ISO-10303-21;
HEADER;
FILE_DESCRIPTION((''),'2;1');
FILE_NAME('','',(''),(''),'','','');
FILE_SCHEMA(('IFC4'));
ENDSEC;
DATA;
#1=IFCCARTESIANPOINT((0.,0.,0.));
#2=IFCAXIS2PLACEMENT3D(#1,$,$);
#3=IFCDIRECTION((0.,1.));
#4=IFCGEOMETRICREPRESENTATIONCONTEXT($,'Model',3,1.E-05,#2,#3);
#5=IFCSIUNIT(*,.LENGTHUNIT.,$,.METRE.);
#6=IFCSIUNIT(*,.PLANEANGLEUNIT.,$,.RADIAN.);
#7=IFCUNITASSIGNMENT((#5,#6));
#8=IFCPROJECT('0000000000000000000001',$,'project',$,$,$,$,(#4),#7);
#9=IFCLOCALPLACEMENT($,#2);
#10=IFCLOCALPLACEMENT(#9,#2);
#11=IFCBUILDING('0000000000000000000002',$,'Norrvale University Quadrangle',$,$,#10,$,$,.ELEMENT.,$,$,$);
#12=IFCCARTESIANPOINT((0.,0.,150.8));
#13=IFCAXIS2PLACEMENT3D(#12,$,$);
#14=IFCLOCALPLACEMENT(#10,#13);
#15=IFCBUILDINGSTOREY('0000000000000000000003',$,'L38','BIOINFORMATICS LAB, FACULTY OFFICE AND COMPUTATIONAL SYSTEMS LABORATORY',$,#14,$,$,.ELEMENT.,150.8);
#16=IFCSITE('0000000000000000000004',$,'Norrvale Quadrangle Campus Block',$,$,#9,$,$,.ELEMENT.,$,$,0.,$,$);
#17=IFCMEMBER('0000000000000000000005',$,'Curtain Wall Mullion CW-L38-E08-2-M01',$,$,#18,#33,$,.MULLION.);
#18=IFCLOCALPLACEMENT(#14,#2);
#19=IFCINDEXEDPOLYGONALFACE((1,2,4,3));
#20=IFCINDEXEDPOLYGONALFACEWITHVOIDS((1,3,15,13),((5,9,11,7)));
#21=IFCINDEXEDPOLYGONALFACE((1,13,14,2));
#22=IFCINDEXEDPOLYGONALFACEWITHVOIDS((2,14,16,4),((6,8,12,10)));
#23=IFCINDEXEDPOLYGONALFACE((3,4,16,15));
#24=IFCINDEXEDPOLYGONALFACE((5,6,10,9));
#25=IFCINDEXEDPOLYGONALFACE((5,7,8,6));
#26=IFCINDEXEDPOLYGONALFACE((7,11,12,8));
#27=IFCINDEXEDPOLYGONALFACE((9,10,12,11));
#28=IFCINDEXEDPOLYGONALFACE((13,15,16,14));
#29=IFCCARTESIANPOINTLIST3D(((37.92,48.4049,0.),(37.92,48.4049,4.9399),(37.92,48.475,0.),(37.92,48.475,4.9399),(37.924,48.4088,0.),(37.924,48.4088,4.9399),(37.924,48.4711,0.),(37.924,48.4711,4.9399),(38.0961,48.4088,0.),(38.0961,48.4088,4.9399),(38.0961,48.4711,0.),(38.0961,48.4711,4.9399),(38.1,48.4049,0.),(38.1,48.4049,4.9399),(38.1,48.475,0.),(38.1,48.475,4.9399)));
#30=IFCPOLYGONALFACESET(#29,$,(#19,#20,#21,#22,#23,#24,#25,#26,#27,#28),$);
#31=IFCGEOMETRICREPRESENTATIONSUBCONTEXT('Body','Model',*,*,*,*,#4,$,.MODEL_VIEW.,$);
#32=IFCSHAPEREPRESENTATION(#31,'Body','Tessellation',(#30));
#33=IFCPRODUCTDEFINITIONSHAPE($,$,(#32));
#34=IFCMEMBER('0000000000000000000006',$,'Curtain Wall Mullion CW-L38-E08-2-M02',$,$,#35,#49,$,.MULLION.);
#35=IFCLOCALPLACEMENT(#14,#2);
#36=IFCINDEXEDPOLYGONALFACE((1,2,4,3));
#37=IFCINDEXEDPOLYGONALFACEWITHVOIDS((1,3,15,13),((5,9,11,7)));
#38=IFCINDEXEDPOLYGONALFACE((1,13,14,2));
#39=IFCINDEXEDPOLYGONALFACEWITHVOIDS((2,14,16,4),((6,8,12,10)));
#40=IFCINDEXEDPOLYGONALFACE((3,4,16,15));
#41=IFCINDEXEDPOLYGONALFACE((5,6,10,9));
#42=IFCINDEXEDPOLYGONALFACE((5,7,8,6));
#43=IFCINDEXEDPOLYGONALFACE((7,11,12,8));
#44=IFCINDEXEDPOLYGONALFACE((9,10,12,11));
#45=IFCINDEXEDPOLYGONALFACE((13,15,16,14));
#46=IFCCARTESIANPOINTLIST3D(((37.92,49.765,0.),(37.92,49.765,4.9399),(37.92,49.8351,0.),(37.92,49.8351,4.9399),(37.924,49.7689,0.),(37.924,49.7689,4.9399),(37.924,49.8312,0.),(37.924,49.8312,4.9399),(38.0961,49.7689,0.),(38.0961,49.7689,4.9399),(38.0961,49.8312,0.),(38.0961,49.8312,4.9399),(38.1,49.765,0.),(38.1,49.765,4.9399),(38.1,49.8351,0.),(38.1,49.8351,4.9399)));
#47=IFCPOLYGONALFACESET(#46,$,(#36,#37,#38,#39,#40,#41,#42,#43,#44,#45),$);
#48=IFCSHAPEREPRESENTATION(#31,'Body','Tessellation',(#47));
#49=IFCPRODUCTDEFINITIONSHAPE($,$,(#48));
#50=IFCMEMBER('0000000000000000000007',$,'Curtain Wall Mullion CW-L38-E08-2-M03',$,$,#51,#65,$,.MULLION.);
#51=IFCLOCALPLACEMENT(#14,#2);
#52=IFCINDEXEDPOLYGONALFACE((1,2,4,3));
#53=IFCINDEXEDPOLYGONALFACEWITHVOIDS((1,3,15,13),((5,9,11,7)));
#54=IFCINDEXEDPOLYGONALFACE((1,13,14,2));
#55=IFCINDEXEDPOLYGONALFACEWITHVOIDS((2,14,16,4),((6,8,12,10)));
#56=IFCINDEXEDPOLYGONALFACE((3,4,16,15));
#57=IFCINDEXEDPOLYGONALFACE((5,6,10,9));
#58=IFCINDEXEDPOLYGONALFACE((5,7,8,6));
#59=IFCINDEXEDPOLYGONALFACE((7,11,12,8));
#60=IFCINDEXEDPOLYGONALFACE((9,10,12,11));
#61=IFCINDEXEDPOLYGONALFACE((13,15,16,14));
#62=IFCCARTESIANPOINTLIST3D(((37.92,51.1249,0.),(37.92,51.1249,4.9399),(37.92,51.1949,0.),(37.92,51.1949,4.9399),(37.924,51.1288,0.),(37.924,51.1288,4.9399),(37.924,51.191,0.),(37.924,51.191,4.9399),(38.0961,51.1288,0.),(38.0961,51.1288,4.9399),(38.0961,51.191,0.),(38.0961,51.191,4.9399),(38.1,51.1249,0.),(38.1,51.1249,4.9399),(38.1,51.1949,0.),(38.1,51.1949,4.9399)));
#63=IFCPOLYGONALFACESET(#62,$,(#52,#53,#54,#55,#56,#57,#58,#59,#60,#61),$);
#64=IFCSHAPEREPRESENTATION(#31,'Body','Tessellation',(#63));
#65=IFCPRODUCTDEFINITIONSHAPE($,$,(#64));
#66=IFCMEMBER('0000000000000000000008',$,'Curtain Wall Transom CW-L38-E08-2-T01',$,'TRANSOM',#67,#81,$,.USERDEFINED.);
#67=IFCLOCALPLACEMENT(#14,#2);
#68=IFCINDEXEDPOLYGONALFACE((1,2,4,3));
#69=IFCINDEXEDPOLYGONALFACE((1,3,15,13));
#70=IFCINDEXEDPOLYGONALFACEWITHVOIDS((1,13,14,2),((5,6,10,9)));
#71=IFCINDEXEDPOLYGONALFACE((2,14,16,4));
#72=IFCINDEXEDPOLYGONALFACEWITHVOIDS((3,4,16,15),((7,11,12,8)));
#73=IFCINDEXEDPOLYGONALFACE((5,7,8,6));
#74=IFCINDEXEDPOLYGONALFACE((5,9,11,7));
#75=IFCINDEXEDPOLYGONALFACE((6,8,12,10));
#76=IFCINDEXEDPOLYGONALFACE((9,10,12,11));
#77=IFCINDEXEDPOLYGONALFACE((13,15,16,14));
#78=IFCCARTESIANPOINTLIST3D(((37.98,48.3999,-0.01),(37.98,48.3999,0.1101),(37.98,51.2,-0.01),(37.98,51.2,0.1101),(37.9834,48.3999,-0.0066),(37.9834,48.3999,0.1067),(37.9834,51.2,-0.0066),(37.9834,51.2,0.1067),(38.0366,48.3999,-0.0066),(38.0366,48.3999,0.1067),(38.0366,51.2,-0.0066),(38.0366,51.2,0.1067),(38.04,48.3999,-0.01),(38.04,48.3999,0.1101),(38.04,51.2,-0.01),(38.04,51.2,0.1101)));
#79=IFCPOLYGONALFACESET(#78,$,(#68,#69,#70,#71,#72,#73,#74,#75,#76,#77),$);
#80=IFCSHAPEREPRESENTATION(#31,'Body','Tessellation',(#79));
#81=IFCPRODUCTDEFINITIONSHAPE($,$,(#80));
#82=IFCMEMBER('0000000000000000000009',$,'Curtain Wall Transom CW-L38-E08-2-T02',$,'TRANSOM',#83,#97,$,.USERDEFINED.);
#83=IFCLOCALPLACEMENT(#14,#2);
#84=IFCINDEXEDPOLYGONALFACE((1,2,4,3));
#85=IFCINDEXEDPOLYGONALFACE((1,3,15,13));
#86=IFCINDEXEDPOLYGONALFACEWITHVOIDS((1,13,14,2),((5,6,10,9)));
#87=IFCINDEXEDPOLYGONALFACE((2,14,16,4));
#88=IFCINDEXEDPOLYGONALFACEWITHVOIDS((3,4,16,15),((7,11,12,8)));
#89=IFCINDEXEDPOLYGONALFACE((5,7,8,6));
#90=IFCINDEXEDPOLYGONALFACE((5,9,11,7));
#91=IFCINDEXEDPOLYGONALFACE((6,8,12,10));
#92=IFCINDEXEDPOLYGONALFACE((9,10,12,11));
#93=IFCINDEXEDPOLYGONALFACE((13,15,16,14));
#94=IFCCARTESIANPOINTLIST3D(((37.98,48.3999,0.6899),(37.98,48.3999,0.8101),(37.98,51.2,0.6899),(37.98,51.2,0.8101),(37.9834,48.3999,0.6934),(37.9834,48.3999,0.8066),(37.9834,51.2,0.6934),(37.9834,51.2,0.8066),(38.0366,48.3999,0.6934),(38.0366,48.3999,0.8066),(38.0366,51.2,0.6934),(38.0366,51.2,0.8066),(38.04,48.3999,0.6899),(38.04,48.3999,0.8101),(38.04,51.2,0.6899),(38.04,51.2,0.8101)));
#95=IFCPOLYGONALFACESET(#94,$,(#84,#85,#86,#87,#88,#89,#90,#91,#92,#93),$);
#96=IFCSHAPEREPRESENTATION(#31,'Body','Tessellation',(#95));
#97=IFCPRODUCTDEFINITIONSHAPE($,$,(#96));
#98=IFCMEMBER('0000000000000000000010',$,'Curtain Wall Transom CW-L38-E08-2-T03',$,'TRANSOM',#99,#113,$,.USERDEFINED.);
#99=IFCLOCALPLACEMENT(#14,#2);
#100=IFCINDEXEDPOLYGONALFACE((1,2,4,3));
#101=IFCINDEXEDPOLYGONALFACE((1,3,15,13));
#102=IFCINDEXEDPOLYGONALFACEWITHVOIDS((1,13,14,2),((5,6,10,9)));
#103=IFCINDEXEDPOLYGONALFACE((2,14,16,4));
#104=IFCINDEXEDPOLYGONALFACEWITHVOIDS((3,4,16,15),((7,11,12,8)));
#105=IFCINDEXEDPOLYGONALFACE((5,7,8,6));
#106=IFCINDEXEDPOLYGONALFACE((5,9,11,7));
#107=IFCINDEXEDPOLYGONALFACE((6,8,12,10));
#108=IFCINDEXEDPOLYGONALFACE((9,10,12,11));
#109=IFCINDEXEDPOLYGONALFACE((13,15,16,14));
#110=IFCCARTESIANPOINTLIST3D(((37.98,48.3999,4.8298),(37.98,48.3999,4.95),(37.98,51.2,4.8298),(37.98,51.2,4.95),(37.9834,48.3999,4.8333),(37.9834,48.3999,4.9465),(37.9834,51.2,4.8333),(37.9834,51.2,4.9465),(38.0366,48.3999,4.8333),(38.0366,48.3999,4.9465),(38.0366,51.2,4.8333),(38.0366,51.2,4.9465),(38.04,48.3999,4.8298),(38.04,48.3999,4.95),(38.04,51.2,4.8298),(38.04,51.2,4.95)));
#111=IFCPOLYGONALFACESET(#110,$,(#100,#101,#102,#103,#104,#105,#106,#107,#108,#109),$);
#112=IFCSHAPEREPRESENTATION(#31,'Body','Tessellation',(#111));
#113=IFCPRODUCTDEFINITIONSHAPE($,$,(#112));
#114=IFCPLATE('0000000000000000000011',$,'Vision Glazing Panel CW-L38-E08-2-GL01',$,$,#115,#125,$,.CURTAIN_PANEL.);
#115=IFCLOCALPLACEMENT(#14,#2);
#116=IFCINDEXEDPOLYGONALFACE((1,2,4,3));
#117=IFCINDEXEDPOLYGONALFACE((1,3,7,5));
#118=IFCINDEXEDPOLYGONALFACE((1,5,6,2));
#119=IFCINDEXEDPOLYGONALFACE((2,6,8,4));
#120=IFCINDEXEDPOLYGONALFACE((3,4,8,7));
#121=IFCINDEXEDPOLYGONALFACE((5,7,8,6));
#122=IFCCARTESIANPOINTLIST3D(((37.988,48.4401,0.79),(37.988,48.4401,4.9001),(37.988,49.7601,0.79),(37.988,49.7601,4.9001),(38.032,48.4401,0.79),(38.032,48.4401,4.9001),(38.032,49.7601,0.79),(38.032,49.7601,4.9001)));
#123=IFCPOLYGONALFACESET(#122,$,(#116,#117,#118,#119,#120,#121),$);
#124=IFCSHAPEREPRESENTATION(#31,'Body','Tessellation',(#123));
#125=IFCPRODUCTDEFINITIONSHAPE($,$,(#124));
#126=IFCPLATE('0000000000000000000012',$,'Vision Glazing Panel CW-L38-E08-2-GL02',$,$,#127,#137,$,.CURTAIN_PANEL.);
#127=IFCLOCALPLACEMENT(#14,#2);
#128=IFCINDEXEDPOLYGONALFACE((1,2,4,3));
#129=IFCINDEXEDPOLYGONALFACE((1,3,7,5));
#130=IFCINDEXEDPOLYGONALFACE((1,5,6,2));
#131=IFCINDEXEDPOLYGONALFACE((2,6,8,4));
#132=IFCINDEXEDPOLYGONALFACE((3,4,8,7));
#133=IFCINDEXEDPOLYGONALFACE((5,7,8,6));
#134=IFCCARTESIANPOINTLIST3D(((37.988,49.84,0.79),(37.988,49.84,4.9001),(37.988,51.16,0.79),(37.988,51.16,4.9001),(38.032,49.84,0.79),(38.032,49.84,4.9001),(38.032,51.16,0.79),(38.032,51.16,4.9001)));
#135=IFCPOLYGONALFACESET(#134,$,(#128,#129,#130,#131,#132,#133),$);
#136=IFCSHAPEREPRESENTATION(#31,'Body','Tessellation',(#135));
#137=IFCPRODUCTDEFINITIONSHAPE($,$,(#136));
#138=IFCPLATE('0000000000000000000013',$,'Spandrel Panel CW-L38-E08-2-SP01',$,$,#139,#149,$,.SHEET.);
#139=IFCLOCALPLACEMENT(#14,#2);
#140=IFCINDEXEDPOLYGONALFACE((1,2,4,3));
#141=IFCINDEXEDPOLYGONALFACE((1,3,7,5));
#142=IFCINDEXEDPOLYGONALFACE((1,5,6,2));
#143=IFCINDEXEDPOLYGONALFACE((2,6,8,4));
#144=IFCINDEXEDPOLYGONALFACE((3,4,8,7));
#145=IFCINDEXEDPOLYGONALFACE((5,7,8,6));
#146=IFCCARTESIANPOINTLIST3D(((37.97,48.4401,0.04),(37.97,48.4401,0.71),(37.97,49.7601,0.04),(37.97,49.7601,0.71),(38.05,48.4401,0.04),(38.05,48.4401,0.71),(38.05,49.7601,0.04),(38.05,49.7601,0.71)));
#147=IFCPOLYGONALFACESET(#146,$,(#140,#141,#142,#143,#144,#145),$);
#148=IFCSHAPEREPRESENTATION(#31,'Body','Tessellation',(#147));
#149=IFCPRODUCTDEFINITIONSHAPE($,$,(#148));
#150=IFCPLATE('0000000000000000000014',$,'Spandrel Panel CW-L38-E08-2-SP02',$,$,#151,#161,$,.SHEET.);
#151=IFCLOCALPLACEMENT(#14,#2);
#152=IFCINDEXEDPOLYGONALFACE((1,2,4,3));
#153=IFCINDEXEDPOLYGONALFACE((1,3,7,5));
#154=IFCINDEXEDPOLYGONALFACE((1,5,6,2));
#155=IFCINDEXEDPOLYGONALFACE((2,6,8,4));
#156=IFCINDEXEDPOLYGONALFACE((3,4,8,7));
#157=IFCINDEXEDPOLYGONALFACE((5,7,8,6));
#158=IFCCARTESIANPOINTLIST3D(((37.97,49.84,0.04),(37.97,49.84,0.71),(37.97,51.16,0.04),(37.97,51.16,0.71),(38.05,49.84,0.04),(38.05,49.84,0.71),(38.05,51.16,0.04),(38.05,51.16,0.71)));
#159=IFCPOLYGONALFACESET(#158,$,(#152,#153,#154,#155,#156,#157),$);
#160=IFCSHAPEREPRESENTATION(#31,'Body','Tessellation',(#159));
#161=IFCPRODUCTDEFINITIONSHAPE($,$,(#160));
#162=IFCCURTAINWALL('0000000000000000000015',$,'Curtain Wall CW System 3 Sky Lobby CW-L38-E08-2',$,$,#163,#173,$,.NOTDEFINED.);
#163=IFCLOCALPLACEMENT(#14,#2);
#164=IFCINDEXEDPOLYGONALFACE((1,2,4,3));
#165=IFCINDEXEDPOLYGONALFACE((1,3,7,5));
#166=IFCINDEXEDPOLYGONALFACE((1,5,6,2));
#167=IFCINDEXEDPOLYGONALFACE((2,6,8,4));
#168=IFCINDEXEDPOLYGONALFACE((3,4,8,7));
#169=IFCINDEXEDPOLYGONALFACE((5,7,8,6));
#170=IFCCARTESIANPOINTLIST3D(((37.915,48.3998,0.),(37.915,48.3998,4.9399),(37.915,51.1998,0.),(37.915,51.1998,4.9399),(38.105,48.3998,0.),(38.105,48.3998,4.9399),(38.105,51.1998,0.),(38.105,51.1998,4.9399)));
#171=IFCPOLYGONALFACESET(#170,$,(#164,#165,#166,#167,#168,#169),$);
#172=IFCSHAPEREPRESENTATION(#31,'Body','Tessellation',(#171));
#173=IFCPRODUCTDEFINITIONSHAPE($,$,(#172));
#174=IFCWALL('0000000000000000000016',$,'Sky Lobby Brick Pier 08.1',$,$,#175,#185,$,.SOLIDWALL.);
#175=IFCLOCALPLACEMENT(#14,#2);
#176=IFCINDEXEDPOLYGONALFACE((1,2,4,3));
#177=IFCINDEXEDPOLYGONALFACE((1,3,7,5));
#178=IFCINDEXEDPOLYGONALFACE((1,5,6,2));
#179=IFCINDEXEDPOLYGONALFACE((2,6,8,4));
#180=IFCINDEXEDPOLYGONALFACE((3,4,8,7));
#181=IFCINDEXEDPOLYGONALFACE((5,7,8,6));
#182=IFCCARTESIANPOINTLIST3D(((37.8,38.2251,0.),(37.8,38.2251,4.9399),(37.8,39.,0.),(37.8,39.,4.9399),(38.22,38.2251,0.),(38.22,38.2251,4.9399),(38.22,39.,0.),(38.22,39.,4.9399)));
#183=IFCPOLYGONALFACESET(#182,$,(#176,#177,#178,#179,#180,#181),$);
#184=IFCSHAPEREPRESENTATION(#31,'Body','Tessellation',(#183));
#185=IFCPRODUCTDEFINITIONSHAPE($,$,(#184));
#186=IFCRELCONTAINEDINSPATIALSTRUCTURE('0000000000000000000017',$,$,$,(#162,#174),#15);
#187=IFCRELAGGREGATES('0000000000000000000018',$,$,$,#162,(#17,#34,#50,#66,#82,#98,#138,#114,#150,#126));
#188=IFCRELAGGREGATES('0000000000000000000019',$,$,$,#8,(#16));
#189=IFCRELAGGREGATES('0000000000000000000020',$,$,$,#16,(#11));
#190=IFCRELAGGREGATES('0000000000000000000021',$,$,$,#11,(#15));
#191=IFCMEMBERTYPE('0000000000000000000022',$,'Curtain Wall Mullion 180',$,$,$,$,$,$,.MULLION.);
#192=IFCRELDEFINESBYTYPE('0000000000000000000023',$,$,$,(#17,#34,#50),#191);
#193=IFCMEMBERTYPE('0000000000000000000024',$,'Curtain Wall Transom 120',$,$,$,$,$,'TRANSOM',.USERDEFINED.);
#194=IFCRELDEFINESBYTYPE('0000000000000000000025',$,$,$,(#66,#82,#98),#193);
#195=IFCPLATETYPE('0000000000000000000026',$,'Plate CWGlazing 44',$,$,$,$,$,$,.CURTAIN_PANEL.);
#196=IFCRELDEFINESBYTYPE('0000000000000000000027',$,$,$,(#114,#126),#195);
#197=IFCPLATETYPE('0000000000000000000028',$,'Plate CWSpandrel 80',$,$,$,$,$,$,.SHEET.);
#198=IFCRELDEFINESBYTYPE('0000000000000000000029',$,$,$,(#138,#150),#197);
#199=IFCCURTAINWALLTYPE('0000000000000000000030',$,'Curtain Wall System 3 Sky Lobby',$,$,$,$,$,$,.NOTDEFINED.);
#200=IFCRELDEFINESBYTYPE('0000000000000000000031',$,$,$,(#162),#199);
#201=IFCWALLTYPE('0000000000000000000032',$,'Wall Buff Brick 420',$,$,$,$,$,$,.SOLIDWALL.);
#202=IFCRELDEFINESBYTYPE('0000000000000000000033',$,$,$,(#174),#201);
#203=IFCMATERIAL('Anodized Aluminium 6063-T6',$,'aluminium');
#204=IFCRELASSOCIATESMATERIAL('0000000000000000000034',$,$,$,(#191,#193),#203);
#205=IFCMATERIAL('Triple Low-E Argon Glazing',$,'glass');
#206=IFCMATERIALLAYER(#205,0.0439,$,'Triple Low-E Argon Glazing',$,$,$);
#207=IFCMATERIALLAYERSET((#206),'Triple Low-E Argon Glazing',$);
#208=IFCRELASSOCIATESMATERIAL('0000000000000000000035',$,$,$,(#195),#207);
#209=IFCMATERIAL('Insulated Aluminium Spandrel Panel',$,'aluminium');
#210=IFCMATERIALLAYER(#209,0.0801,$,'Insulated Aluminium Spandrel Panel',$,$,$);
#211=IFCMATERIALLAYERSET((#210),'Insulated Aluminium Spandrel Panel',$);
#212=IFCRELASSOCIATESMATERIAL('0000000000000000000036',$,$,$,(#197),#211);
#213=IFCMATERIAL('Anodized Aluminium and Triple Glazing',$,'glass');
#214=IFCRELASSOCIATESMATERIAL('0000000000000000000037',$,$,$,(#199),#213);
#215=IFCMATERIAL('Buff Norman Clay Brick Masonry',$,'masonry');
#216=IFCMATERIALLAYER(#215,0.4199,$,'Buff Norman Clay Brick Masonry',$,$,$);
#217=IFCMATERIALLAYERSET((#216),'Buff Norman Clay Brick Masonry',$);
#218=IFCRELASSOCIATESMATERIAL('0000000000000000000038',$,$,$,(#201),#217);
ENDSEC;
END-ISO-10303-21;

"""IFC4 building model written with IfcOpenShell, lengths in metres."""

from ifc_helpers import new_model, si_unit, direction, frame, frame_2d, origin, origin_2d, place, context, subcontext, project, spatial, rectangle, hollow_rectangle, extrude, material, layer, layer_set, material_profile, profile_set, type_object, element, aggregate, save


model = new_model("IFC4")

# Units and contexts
model_context = context("Model", 3, precision=1e-05, world=origin(), true_north=direction((0.0, 1.0)))
body_context = subcontext(model_context, "Body", "Model", "MODEL_VIEW")
ifc_project = project(units=[si_unit("LENGTHUNIT", "METRE"), si_unit("PLANEANGLEUNIT", "RADIAN")], contexts=[model_context])

# Site, building, storey
site_placement = place(None, origin())
site = spatial("IfcSite", under=ifc_project, at=site_placement, Name="Norrvale Quadrangle Campus Block", CompositionType="ELEMENT", RefElevation=0.0)
building_placement = place(site_placement, origin())
building = spatial("IfcBuilding", under=site, at=building_placement, Name="Norrvale University Quadrangle", CompositionType="ELEMENT")
storey_placement = place(building_placement, frame((0.0, 0.0, 150.8)))
storey = spatial("IfcBuildingStorey", under=building, at=storey_placement, Name="L38", Description="BIOINFORMATICS LAB, FACULTY OFFICE AND COMPUTATIONAL SYSTEMS LABORATORY", CompositionType="ELEMENT", Elevation=150.8)

# Members
ifc_material_1 = material(Name="Anodized Aluminium 6063-T6", Category="aluminium")
ifc_material_profile_1 = material_profile(ifc_material_1, hollow_rectangle(XDim=0.0701, YDim=0.1799, WallThickness=0.0039, at=origin_2d()), Name="Anodized Aluminium 6063-T6")
ifc_profile_set_1 = profile_set([ifc_material_profile_1], Name="Anodized Aluminium 6063-T6")
member_type_1 = type_object("IfcMemberType", Name="Curtain Wall Mullion 180", PredefinedType="MULLION", material=ifc_profile_set_1)
member_1_placement = place(storey_placement, frame((38.01, 48.4399, 0.0), z_axis=(0.0, 0.0, 1.0), x_axis=(0.0, 1.0, 0.0)))
member_1 = element("IfcMember", 1, at=member_1_placement, type_object=member_type_1, Name="Curtain Wall Mullion CW-L38-E08-2-M01", PredefinedType="MULLION", context=body_context, shape_type="SweptSolid", body=[
    extrude(hollow_rectangle(XDim=0.0701, YDim=0.1799, WallThickness=0.0039, at=origin_2d()), origin(), (0.0, 0.0, 1.0), 4.9399),
])
member_2_placement = place(storey_placement, frame((38.01, 49.8, 0.0), z_axis=(0.0, 0.0, 1.0), x_axis=(0.0, 1.0, 0.0)))
member_2 = element("IfcMember", 2, at=member_2_placement, type_object=member_type_1, Name="Curtain Wall Mullion CW-L38-E08-2-M02", PredefinedType="MULLION", context=body_context, shape_type="SweptSolid", body=[
    extrude(hollow_rectangle(XDim=0.0701, YDim=0.1799, WallThickness=0.0039, at=origin_2d()), origin(), (0.0, 0.0, 1.0), 4.9399),
])
member_3_placement = place(storey_placement, frame((38.01, 51.1599, 0.0), z_axis=(0.0, 0.0, 1.0), x_axis=(0.0, 1.0, 0.0)))
member_3 = element("IfcMember", 3, at=member_3_placement, type_object=member_type_1, Name="Curtain Wall Mullion CW-L38-E08-2-M03", PredefinedType="MULLION", context=body_context, shape_type="SweptSolid", body=[
    extrude(hollow_rectangle(XDim=0.0701, YDim=0.1799, WallThickness=0.0039, at=origin_2d()), origin(), (0.0, 0.0, 1.0), 4.9399),
])
ifc_material_profile_2 = material_profile(ifc_material_1, hollow_rectangle(XDim=0.0601, YDim=0.1201, WallThickness=0.0034, at=origin_2d()), Name="Anodized Aluminium 6063-T6")
ifc_profile_set_2 = profile_set([ifc_material_profile_2], Name="Anodized Aluminium 6063-T6")
member_type_2 = type_object("IfcMemberType", Name="Curtain Wall Transom 120", ElementType="TRANSOM", PredefinedType="USERDEFINED", material=ifc_profile_set_2)
member_4_placement = place(storey_placement, frame((38.01, 48.3999, 0.05), z_axis=(0.0, 1.0, 0.0), x_axis=(-1.0, 0.0, 0.0)))
member_4 = element("IfcMember", 4, at=member_4_placement, type_object=member_type_2, Name="Curtain Wall Transom CW-L38-E08-2-T01", ObjectType="TRANSOM", PredefinedType="USERDEFINED", context=body_context, shape_type="SweptSolid", body=[
    extrude(hollow_rectangle(XDim=0.0601, YDim=0.1201, WallThickness=0.0034, at=origin_2d()), origin(), (0.0, 0.0, 1.0), 2.8),
])
member_5_placement = place(storey_placement, frame((38.01, 48.3999, 0.75), z_axis=(0.0, 1.0, 0.0), x_axis=(-1.0, 0.0, 0.0)))
member_5 = element("IfcMember", 5, at=member_5_placement, type_object=member_type_2, Name="Curtain Wall Transom CW-L38-E08-2-T02", ObjectType="TRANSOM", PredefinedType="USERDEFINED", context=body_context, shape_type="SweptSolid", body=[
    extrude(hollow_rectangle(XDim=0.0601, YDim=0.1201, WallThickness=0.0034, at=origin_2d()), origin(), (0.0, 0.0, 1.0), 2.8),
])
member_6_placement = place(storey_placement, frame((38.01, 48.3999, 4.8899), z_axis=(0.0, 1.0, 0.0), x_axis=(-1.0, 0.0, 0.0)))
member_6 = element("IfcMember", 6, at=member_6_placement, type_object=member_type_2, Name="Curtain Wall Transom CW-L38-E08-2-T03", ObjectType="TRANSOM", PredefinedType="USERDEFINED", context=body_context, shape_type="SweptSolid", body=[
    extrude(hollow_rectangle(XDim=0.0601, YDim=0.1201, WallThickness=0.0034, at=origin_2d()), origin(), (0.0, 0.0, 1.0), 2.8),
])

# Plates
ifc_material_2 = material(Name="Triple Low-E Argon Glazing", Category="glass")
ifc_layer_1 = layer(ifc_material_2, 0.0439, Name="Triple Low-E Argon Glazing")
ifc_layer_set_1 = layer_set([ifc_layer_1], Name="Triple Low-E Argon Glazing")
plate_type_1 = type_object("IfcPlateType", Name="Plate CWGlazing 44", PredefinedType="CURTAIN_PANEL", material=ifc_layer_set_1)
plate_1_placement = place(storey_placement, frame((38.01, 49.1001, 0.79), z_axis=(0.0, 0.0, 1.0), x_axis=(0.0, 1.0, 0.0)))
plate_1 = element("IfcPlate", 7, at=plate_1_placement, type_object=plate_type_1, Name="Vision Glazing Panel CW-L38-E08-2-GL01", PredefinedType="CURTAIN_PANEL", context=body_context, shape_type="SweptSolid", body=[
    extrude(rectangle(XDim=1.3201, YDim=0.0439, at=origin_2d()), origin(), (0.0, 0.0, 1.0), 4.1101),
])
plate_2_placement = place(storey_placement, frame((38.01, 50.5, 0.79), z_axis=(0.0, 0.0, 1.0), x_axis=(0.0, 1.0, 0.0)))
plate_2 = element("IfcPlate", 8, at=plate_2_placement, type_object=plate_type_1, Name="Vision Glazing Panel CW-L38-E08-2-GL02", PredefinedType="CURTAIN_PANEL", context=body_context, shape_type="SweptSolid", body=[
    extrude(rectangle(XDim=1.3201, YDim=0.0439, at=origin_2d()), origin(), (0.0, 0.0, 1.0), 4.1101),
])
ifc_material_3 = material(Name="Insulated Aluminium Spandrel Panel", Category="aluminium")
ifc_layer_2 = layer(ifc_material_3, 0.0801, Name="Insulated Aluminium Spandrel Panel")
ifc_layer_set_2 = layer_set([ifc_layer_2], Name="Insulated Aluminium Spandrel Panel")
plate_type_2 = type_object("IfcPlateType", Name="Plate CWSpandrel 80", PredefinedType="SHEET", material=ifc_layer_set_2)
plate_3_placement = place(storey_placement, frame((38.01, 49.1001, 0.04), z_axis=(0.0, 0.0, 1.0), x_axis=(0.0, 1.0, 0.0)))
plate_3 = element("IfcPlate", 9, at=plate_3_placement, type_object=plate_type_2, Name="Spandrel Panel CW-L38-E08-2-SP01", PredefinedType="SHEET", context=body_context, shape_type="SweptSolid", body=[
    extrude(rectangle(XDim=1.3201, YDim=0.0801, at=origin_2d()), origin(), (0.0, 0.0, 1.0), 0.6699),
])
plate_4_placement = place(storey_placement, frame((38.01, 50.5, 0.04), z_axis=(0.0, 0.0, 1.0), x_axis=(0.0, 1.0, 0.0)))
plate_4 = element("IfcPlate", 10, at=plate_4_placement, type_object=plate_type_2, Name="Spandrel Panel CW-L38-E08-2-SP02", PredefinedType="SHEET", context=body_context, shape_type="SweptSolid", body=[
    extrude(rectangle(XDim=1.3201, YDim=0.0801, at=origin_2d()), origin(), (0.0, 0.0, 1.0), 0.6699),
])

# Curtain wall
ifc_material_4 = material(Name="Anodized Aluminium and Triple Glazing", Category="glass")
curtain_wall_type = type_object("IfcCurtainWallType", Name="Curtain Wall System 3 Sky Lobby", PredefinedType="NOTDEFINED", material=ifc_material_4)
curtain_wall_1_placement = place(storey_placement, frame((38.01, 48.3999, 0.0), z_axis=(0.0, 0.0, 1.0), x_axis=(0.0, 1.0, 0.0)))
curtain_wall_1 = element("IfcCurtainWall", 11, at=curtain_wall_1_placement, inside=storey, type_object=curtain_wall_type, Name="Curtain Wall CW System 3 Sky Lobby CW-L38-E08-2", PredefinedType="NOTDEFINED", context=body_context, shape_type="SweptSolid", body=[
    extrude(rectangle(XDim=2.8, YDim=0.1899, at=frame_2d((1.3999, 0.0))), origin(), (0.0, 0.0, 1.0), 4.9399),
])
aggregate(curtain_wall_1, [member_1, member_2, member_3, member_4, member_5, member_6, plate_3, plate_1, plate_4, plate_2])

# Wall
ifc_material_5 = material(Name="Buff Norman Clay Brick Masonry", Category="masonry")
ifc_layer_3 = layer(ifc_material_5, 0.4199, Name="Buff Norman Clay Brick Masonry")
ifc_layer_set_3 = layer_set([ifc_layer_3], Name="Buff Norman Clay Brick Masonry")
wall_type_1 = type_object("IfcWallType", Name="Wall Buff Brick 420", PredefinedType="SOLIDWALL", material=ifc_layer_set_3)
wall_1_placement = place(storey_placement, frame((38.01, 38.2251, 0.0), z_axis=(0.0, 0.0, 1.0), x_axis=(0.0, 1.0, 0.0)))
element("IfcWall", 12, at=wall_1_placement, inside=storey, type_object=wall_type_1, Name="Sky Lobby Brick Pier 08.1", PredefinedType="SOLIDWALL", context=body_context, shape_type="SweptSolid", body=[
    extrude(rectangle(XDim=0.7749, YDim=0.4199, at=frame_2d((0.3875, 0.0))), origin(), (0.0, 0.0, 1.0), 4.9399),
])

save(model, "model.ifc")
